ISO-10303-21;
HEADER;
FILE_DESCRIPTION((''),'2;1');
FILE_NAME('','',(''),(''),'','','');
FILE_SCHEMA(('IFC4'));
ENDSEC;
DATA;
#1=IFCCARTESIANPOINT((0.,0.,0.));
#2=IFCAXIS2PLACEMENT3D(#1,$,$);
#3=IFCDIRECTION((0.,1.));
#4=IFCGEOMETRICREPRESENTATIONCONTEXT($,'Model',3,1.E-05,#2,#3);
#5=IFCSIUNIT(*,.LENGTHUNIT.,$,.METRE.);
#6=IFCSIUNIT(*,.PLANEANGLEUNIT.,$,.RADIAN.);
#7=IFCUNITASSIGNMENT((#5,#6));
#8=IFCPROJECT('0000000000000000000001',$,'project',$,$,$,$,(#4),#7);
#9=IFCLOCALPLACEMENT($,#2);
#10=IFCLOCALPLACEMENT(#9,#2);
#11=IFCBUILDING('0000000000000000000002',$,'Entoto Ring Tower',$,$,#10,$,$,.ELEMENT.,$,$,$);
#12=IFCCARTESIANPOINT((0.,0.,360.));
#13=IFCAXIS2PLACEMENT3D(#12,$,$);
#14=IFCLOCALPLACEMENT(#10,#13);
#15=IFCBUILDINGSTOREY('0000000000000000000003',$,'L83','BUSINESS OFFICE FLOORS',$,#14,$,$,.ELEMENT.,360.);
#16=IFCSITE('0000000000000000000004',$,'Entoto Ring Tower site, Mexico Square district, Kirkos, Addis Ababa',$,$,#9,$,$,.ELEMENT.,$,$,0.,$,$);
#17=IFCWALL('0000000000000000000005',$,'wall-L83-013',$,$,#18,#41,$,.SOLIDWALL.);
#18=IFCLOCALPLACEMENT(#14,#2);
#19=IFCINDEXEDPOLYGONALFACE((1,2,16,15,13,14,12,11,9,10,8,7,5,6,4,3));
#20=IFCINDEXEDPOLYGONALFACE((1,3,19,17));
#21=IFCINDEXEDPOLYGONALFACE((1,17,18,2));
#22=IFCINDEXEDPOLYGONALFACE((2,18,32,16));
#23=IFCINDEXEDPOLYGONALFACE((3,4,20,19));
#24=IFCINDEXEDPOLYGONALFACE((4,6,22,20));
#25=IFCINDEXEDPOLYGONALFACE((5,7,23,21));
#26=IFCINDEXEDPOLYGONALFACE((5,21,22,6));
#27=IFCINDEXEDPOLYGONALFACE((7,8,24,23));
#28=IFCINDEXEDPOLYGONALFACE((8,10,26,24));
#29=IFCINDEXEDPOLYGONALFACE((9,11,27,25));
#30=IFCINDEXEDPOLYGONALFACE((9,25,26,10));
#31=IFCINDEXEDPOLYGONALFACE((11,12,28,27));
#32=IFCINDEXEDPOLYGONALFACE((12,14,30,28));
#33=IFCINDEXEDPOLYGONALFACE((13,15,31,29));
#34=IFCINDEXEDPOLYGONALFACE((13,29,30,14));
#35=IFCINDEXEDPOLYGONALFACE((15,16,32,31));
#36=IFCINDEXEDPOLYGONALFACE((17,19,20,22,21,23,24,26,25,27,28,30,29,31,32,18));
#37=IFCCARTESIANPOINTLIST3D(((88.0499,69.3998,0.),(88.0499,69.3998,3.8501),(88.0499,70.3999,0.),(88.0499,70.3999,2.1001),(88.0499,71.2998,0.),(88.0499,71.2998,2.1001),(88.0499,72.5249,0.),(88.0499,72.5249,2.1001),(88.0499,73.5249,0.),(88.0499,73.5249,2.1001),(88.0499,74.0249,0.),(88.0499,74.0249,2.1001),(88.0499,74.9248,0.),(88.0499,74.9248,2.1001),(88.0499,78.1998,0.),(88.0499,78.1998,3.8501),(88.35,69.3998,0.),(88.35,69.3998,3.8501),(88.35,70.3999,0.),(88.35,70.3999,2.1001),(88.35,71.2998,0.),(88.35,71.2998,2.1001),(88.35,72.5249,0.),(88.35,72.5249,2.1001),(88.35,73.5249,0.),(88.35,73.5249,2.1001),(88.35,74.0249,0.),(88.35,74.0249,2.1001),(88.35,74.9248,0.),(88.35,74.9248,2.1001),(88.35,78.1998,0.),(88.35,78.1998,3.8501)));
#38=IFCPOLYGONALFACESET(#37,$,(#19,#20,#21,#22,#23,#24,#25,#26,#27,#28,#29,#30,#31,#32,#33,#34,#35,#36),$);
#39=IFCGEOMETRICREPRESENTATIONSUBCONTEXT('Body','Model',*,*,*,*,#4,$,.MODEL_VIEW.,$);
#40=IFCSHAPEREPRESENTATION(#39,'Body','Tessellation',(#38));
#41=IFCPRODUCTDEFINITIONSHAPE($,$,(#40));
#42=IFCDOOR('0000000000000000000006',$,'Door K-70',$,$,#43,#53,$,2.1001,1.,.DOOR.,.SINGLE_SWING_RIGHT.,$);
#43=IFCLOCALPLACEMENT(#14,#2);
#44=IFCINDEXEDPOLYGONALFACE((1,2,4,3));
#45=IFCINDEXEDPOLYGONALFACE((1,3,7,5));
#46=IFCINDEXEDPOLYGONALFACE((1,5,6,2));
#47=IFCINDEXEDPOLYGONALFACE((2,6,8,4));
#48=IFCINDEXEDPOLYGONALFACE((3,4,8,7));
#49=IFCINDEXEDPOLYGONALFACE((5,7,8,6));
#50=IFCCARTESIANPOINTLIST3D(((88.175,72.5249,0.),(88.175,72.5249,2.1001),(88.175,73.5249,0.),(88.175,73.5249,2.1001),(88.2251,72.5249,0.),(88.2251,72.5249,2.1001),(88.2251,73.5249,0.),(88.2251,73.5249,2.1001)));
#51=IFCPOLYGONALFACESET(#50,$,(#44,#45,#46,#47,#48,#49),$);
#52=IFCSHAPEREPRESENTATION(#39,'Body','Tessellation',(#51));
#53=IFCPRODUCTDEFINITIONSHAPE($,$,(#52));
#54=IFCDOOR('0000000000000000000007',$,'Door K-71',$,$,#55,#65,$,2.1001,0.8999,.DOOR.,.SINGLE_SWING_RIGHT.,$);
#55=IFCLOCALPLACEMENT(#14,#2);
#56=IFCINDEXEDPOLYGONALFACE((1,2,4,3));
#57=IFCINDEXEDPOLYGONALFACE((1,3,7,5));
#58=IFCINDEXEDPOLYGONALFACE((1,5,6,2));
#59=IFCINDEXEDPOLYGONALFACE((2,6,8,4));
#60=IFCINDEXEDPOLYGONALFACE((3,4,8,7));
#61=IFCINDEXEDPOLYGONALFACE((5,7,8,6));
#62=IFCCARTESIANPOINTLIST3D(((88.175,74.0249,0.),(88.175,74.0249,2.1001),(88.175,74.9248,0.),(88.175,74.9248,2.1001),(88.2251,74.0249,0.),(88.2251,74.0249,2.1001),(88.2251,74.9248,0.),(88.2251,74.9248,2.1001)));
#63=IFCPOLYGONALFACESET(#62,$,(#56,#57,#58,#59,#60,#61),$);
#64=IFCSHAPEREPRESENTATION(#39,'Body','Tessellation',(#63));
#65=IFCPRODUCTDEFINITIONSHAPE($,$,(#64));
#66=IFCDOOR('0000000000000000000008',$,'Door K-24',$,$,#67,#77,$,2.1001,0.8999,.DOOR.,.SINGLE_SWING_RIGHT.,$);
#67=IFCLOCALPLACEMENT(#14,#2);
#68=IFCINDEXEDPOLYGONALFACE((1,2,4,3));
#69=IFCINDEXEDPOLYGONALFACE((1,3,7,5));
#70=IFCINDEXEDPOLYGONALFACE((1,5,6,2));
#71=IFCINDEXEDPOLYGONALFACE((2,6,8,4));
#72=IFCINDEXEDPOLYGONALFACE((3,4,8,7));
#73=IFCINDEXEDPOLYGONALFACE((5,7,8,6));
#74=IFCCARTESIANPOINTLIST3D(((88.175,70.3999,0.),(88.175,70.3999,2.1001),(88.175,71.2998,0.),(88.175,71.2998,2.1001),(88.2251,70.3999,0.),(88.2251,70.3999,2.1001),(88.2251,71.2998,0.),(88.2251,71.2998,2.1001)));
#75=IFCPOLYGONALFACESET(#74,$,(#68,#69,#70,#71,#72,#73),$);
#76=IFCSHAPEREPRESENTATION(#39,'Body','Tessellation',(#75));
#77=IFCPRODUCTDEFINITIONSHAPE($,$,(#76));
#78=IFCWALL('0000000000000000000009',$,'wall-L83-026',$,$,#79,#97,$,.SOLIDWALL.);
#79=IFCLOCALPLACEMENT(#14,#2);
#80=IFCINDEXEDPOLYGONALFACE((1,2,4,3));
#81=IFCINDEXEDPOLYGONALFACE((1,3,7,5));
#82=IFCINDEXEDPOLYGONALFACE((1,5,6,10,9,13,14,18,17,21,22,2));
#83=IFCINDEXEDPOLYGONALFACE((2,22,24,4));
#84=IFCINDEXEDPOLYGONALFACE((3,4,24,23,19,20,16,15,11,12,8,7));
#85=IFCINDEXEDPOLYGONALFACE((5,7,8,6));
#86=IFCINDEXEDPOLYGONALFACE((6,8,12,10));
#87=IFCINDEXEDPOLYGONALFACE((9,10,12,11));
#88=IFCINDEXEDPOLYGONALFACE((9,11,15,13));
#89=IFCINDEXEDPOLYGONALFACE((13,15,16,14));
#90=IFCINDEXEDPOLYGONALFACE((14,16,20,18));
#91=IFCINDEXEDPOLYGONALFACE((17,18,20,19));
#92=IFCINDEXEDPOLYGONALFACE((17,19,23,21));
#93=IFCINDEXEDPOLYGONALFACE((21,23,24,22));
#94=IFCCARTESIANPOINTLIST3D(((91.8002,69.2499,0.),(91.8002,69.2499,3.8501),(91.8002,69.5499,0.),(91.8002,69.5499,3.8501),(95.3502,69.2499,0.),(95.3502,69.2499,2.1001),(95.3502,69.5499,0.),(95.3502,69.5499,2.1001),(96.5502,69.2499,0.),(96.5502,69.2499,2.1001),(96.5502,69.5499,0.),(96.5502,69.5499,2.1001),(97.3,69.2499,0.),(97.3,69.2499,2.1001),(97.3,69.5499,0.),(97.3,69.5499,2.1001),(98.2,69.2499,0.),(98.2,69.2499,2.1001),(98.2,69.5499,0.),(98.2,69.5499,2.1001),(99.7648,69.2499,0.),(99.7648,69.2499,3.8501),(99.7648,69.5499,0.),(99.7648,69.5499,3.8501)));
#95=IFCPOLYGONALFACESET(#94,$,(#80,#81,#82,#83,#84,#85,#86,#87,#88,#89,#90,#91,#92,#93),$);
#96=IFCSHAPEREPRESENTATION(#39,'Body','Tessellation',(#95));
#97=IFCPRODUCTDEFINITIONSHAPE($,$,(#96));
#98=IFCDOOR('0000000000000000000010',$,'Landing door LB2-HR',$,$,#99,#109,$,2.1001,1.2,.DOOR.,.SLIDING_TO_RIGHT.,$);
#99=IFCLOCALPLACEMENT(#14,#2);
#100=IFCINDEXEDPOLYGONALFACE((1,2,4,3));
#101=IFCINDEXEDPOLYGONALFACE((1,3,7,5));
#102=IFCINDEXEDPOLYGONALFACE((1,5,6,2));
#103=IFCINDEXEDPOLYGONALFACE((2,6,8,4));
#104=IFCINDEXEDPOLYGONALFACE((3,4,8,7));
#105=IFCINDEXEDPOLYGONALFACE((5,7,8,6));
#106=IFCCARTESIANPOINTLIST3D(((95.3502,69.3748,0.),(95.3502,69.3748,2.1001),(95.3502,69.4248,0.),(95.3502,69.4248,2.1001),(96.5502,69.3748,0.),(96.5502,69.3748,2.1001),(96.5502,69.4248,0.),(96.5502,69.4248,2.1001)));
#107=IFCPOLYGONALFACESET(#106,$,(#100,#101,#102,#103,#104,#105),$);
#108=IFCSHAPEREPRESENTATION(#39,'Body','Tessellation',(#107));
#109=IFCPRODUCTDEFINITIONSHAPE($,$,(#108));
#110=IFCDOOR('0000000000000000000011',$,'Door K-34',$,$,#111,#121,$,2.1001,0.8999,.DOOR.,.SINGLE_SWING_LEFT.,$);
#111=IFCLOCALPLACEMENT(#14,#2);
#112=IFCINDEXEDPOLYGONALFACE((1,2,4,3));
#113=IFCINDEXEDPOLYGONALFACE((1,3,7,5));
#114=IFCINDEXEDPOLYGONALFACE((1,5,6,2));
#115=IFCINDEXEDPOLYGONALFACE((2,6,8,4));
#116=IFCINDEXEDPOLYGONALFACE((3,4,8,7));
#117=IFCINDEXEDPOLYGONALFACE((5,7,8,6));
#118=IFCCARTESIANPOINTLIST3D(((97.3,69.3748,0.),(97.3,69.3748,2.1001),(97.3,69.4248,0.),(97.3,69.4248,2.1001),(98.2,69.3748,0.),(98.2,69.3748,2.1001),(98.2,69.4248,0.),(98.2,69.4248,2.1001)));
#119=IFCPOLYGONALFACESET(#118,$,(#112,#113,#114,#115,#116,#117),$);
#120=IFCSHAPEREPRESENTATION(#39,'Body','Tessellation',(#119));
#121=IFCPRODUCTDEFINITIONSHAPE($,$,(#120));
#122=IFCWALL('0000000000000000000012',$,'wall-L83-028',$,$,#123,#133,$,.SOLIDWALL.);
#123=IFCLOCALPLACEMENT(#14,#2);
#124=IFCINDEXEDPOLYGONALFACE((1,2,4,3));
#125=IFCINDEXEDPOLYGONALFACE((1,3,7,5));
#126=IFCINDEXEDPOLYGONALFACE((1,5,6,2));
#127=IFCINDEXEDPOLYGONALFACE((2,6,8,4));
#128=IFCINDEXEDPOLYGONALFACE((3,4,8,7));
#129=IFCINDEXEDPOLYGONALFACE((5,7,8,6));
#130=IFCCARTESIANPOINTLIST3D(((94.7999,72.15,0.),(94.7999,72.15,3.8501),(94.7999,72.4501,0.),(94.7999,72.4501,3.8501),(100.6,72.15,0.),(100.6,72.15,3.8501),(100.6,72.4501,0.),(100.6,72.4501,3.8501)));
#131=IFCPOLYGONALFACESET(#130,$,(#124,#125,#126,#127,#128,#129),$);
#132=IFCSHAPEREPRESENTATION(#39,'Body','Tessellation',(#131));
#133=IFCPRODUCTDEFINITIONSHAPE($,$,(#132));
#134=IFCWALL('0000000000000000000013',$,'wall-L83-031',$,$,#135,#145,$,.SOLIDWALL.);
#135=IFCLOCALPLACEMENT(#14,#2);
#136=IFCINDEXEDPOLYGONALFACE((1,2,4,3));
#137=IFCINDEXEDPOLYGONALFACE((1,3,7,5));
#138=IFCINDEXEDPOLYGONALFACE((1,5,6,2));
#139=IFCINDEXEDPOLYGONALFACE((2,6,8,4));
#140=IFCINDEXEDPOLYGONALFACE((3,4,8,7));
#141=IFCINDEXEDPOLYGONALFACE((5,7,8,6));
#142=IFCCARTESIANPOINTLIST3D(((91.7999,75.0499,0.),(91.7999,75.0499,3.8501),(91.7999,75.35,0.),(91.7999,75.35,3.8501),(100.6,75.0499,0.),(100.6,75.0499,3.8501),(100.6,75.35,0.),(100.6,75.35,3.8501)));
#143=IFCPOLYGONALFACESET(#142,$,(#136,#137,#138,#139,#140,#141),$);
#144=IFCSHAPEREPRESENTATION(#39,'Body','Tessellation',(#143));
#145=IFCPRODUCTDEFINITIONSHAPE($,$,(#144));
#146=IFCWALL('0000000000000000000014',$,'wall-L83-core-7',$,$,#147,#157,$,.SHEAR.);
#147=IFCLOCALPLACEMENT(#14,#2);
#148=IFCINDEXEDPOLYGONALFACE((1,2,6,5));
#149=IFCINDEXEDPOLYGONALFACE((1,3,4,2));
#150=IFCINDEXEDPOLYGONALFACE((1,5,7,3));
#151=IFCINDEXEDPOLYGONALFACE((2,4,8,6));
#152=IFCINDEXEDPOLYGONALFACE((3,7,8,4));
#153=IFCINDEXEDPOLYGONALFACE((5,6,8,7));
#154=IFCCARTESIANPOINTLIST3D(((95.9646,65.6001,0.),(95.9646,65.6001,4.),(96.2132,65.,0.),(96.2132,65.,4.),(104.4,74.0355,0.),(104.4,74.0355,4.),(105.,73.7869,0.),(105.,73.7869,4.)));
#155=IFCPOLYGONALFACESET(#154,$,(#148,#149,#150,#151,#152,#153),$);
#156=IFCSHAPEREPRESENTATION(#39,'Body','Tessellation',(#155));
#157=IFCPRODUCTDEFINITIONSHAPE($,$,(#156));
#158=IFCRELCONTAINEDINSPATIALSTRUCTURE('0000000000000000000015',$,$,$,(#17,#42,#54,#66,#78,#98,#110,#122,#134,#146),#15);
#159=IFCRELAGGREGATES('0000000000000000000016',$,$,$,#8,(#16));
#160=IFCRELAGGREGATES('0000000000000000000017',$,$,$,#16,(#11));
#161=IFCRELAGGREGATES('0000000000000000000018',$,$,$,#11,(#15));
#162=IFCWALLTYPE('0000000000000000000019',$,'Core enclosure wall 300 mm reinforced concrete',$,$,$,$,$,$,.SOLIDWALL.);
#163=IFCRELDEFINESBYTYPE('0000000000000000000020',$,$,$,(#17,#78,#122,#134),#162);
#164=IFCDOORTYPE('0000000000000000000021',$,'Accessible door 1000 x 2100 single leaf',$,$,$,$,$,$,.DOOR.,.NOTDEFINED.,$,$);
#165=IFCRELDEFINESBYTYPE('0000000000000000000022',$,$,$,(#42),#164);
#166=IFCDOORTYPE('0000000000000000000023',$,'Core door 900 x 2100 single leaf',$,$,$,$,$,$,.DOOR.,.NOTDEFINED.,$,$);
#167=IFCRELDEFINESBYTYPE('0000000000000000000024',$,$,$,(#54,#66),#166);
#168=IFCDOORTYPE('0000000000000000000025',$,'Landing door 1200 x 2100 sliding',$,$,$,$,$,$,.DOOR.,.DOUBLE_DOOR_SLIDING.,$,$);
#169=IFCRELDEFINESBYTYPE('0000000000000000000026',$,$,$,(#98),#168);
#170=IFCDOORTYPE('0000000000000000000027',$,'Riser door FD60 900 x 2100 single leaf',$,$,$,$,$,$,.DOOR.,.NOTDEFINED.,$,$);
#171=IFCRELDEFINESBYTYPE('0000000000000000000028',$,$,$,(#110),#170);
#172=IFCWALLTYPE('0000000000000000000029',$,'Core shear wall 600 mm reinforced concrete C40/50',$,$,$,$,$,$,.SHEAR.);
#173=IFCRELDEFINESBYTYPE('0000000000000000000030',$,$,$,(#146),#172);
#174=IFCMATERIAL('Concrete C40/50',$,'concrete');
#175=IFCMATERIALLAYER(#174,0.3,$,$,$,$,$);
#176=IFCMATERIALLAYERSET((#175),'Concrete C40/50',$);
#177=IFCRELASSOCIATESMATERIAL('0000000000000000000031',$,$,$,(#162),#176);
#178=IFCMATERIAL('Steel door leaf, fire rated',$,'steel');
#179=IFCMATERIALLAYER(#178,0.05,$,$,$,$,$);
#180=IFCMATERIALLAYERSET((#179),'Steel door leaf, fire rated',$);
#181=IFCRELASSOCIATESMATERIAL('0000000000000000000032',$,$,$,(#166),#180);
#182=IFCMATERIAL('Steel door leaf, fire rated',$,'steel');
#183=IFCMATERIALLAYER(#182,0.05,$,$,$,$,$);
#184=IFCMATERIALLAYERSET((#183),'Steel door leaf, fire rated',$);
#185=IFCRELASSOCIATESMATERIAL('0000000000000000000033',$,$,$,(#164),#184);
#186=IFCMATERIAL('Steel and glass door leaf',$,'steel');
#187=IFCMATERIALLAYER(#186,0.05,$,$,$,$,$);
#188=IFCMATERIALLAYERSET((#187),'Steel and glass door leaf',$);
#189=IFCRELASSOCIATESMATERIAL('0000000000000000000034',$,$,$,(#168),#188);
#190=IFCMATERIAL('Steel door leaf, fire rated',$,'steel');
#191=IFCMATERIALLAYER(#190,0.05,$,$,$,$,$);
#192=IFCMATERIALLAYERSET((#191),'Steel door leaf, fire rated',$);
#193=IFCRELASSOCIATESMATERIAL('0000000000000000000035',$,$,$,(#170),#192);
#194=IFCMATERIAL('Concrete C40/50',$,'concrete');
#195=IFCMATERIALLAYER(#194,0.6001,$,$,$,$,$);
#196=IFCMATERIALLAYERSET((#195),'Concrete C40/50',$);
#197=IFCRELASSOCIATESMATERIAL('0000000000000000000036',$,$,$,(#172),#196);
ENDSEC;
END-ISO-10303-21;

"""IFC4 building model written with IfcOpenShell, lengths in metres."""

from ifc_helpers import new_model, si_unit, direction, frame, frame_2d, origin, place, context, subcontext, project, spatial, polyline, rectangle, outline, extrude, material, layer, layer_set, type_object, element, fill, save


model = new_model("IFC4")

# Units and contexts
model_context = context("Model", 3, precision=1e-05, world=origin(), true_north=direction((0.0, 1.0)))
body_context = subcontext(model_context, "Body", "Model", "MODEL_VIEW")
ifc_project = project(units=[si_unit("LENGTHUNIT", "METRE"), si_unit("PLANEANGLEUNIT", "RADIAN")], contexts=[model_context])

# Site, building, storey
site_placement = place(None, origin())
site = spatial("IfcSite", under=ifc_project, at=site_placement, Name="Entoto Ring Tower site, Mexico Square district, Kirkos, Addis Ababa", CompositionType="ELEMENT", RefElevation=0.0)
building_placement = place(site_placement, origin())
building = spatial("IfcBuilding", under=site, at=building_placement, Name="Entoto Ring Tower", CompositionType="ELEMENT")
storey_placement = place(building_placement, frame((0.0, 0.0, 360.0)))
storey = spatial("IfcBuildingStorey", under=building, at=storey_placement, Name="L83", Description="BUSINESS OFFICE FLOORS", CompositionType="ELEMENT", Elevation=360.0)

# Shared definitions
ifc_material_1 = material(Name="Concrete C40/50", Category="concrete")
ifc_layer_1 = layer(ifc_material_1, 0.3)
ifc_layer_set_1 = layer_set([ifc_layer_1], Name="Concrete C40/50")
wall_type_1 = type_object("IfcWallType", Name="Core enclosure wall 300 mm reinforced concrete", PredefinedType="SOLIDWALL", material=ifc_layer_set_1)

# Shared definitions
ifc_material_2 = material(Name="Steel door leaf, fire rated", Category="steel")
ifc_layer_2 = layer(ifc_material_2, 0.05)
ifc_layer_set_2 = layer_set([ifc_layer_2], Name="Steel door leaf, fire rated")
door_type_1 = type_object("IfcDoorType", Name="Core door 900 x 2100 single leaf", OperationType="NOTDEFINED", PredefinedType="DOOR", material=ifc_layer_set_2)

# Walls, openings, doors
wall_1_placement = place(storey_placement, frame((88.2, 69.3999, 0.0), z_axis=(0.0, 0.0, 1.0), x_axis=(0.0, 1.0, 0.0)))
wall_1 = element("IfcWall", 1, at=wall_1_placement, inside=storey, type_object=wall_type_1, Name="wall-L83-013", PredefinedType="SOLIDWALL", context=body_context, shape_type="SweptSolid", body=[
    extrude(rectangle(XDim=8.8, YDim=0.3, at=frame_2d((4.3999, 0.0))), origin(), (0.0, 0.0, 1.0), 3.8501),
])
opening_1_placement = place(wall_1_placement, frame((3.125, 0.0, 0.0)))
opening_1 = element("IfcOpeningElement", 2, at=opening_1_placement, cuts=wall_1, PredefinedType="OPENING", context=body_context, shape_type="SweptSolid", body=[
    extrude(rectangle(XDim=1.0, YDim=2.1001, at=frame_2d((0.5, 1.05))), frame((0.0, 0.1602, 0.0), z_axis=(0.0, -1.0, 0.0), x_axis=(1.0, 0.0, 0.0)), (0.0, 0.0, 1.0), 0.3201),
])
opening_2_placement = place(wall_1_placement, frame((4.625, 0.0, 0.0)))
opening_2 = element("IfcOpeningElement", 3, at=opening_2_placement, cuts=wall_1, PredefinedType="OPENING", context=body_context, shape_type="SweptSolid", body=[
    extrude(rectangle(XDim=0.8999, YDim=2.1001, at=frame_2d((0.45, 1.05))), frame((0.0, 0.1602, 0.0), z_axis=(0.0, -1.0, 0.0), x_axis=(1.0, 0.0, 0.0)), (0.0, 0.0, 1.0), 0.3201),
])
opening_3_placement = place(wall_1_placement, frame((1.0, 0.0, 0.0)))
opening_3 = element("IfcOpeningElement", 4, at=opening_3_placement, cuts=wall_1, PredefinedType="OPENING", context=body_context, shape_type="SweptSolid", body=[
    extrude(rectangle(XDim=0.8999, YDim=2.1001, at=frame_2d((0.45, 1.05))), frame((0.0, 0.1602, 0.0), z_axis=(0.0, -1.0, 0.0), x_axis=(1.0, 0.0, 0.0)), (0.0, 0.0, 1.0), 0.3201),
])
ifc_material_3 = material(Name="Steel door leaf, fire rated", Category="steel")
ifc_layer_3 = layer(ifc_material_3, 0.05)
ifc_layer_set_3 = layer_set([ifc_layer_3], Name="Steel door leaf, fire rated")
door_type_2 = type_object("IfcDoorType", Name="Accessible door 1000 x 2100 single leaf", OperationType="NOTDEFINED", PredefinedType="DOOR", material=ifc_layer_set_3)
door_1_placement = place(opening_1_placement, origin())
door_1 = element("IfcDoor", 5, at=door_1_placement, inside=storey, type_object=door_type_2, Name="Door K-70", OperationType="SINGLE_SWING_RIGHT", OverallHeight=2.1001, OverallWidth=1.0, PredefinedType="DOOR", context=body_context, shape_type="SweptSolid", body=[
    extrude(rectangle(XDim=1.0, YDim=2.1001, at=frame_2d((0.5, 1.05))), frame((0.0, 0.0249, 0.0), z_axis=(0.0, -1.0, 0.0), x_axis=(1.0, 0.0, 0.0)), (0.0, 0.0, 1.0), 0.05),
])
fill(opening_1, door_1)
door_2_placement = place(opening_2_placement, origin())
door_2 = element("IfcDoor", 6, at=door_2_placement, inside=storey, type_object=door_type_1, Name="Door K-71", OperationType="SINGLE_SWING_RIGHT", OverallHeight=2.1001, OverallWidth=0.8999, PredefinedType="DOOR", context=body_context, shape_type="SweptSolid", body=[
    extrude(rectangle(XDim=0.8999, YDim=2.1001, at=frame_2d((0.45, 1.05))), frame((0.0, 0.0249, 0.0), z_axis=(0.0, -1.0, 0.0), x_axis=(1.0, 0.0, 0.0)), (0.0, 0.0, 1.0), 0.05),
])
fill(opening_2, door_2)
door_3_placement = place(opening_3_placement, origin())
door_3 = element("IfcDoor", 7, at=door_3_placement, inside=storey, type_object=door_type_1, Name="Door K-24", OperationType="SINGLE_SWING_RIGHT", OverallHeight=2.1001, OverallWidth=0.8999, PredefinedType="DOOR", context=body_context, shape_type="SweptSolid", body=[
    extrude(rectangle(XDim=0.8999, YDim=2.1001, at=frame_2d((0.45, 1.05))), frame((0.0, 0.0249, 0.0), z_axis=(0.0, -1.0, 0.0), x_axis=(1.0, 0.0, 0.0)), (0.0, 0.0, 1.0), 0.05),
])
fill(opening_3, door_3)
wall_2_placement = place(storey_placement, frame((91.8, 69.3999, 0.0), z_axis=(0.0, 0.0, 1.0), x_axis=(1.0, 0.0, 0.0)))
wall_2 = element("IfcWall", 8, at=wall_2_placement, inside=storey, type_object=wall_type_1, Name="wall-L83-026", PredefinedType="SOLIDWALL", context=body_context, shape_type="SweptSolid", body=[
    extrude(rectangle(XDim=7.9646, YDim=0.3, at=frame_2d((3.9824, 0.0))), origin(), (0.0, 0.0, 1.0), 3.8501),
])
opening_4_placement = place(wall_2_placement, frame((3.55, 0.0, 0.0)))
opening_4 = element("IfcOpeningElement", 9, at=opening_4_placement, cuts=wall_2, PredefinedType="OPENING", context=body_context, shape_type="SweptSolid", body=[
    extrude(rectangle(XDim=1.2, YDim=2.1001, at=frame_2d((0.6001, 1.05))), frame((0.0, 0.1602, 0.0), z_axis=(0.0, -1.0, 0.0), x_axis=(1.0, 0.0, 0.0)), (0.0, 0.0, 1.0), 0.3201),
])
opening_5_placement = place(wall_2_placement, frame((5.5, 0.0, 0.0)))
opening_5 = element("IfcOpeningElement", 10, at=opening_5_placement, cuts=wall_2, PredefinedType="OPENING", context=body_context, shape_type="SweptSolid", body=[
    extrude(rectangle(XDim=0.8999, YDim=2.1001, at=frame_2d((0.45, 1.05))), frame((0.0, 0.1602, 0.0), z_axis=(0.0, -1.0, 0.0), x_axis=(1.0, 0.0, 0.0)), (0.0, 0.0, 1.0), 0.3201),
])
ifc_material_4 = material(Name="Steel and glass door leaf", Category="steel")
ifc_layer_4 = layer(ifc_material_4, 0.05)
ifc_layer_set_4 = layer_set([ifc_layer_4], Name="Steel and glass door leaf")
door_type_3 = type_object("IfcDoorType", Name="Landing door 1200 x 2100 sliding", OperationType="DOUBLE_DOOR_SLIDING", PredefinedType="DOOR", material=ifc_layer_set_4)
door_4_placement = place(opening_4_placement, origin())
door_4 = element("IfcDoor", 11, at=door_4_placement, inside=storey, type_object=door_type_3, Name="Landing door LB2-HR", OperationType="SLIDING_TO_RIGHT", OverallHeight=2.1001, OverallWidth=1.2, PredefinedType="DOOR", context=body_context, shape_type="SweptSolid", body=[
    extrude(rectangle(XDim=1.2, YDim=2.1001, at=frame_2d((0.6001, 1.05))), frame((0.0, 0.0249, 0.0), z_axis=(0.0, -1.0, 0.0), x_axis=(1.0, 0.0, 0.0)), (0.0, 0.0, 1.0), 0.05),
])
fill(opening_4, door_4)
ifc_material_5 = material(Name="Steel door leaf, fire rated", Category="steel")
ifc_layer_5 = layer(ifc_material_5, 0.05)
ifc_layer_set_5 = layer_set([ifc_layer_5], Name="Steel door leaf, fire rated")
door_type_4 = type_object("IfcDoorType", Name="Riser door FD60 900 x 2100 single leaf", OperationType="NOTDEFINED", PredefinedType="DOOR", material=ifc_layer_set_5)
door_5_placement = place(opening_5_placement, origin())
door_5 = element("IfcDoor", 12, at=door_5_placement, inside=storey, type_object=door_type_4, Name="Door K-34", OperationType="SINGLE_SWING_LEFT", OverallHeight=2.1001, OverallWidth=0.8999, PredefinedType="DOOR", context=body_context, shape_type="SweptSolid", body=[
    extrude(rectangle(XDim=0.8999, YDim=2.1001, at=frame_2d((0.45, 1.05))), frame((0.0, 0.0249, 0.0), z_axis=(0.0, -1.0, 0.0), x_axis=(1.0, 0.0, 0.0)), (0.0, 0.0, 1.0), 0.05),
])
fill(opening_5, door_5)

# Walls
wall_3_placement = place(storey_placement, frame((94.8, 72.3, 0.0), z_axis=(0.0, 0.0, 1.0), x_axis=(1.0, 0.0, 0.0)))
element("IfcWall", 13, at=wall_3_placement, inside=storey, type_object=wall_type_1, Name="wall-L83-028", PredefinedType="SOLIDWALL", context=body_context, shape_type="SweptSolid", body=[
    extrude(rectangle(XDim=5.8, YDim=0.3, at=frame_2d((2.8999, 0.0))), origin(), (0.0, 0.0, 1.0), 3.8501),
])
wall_4_placement = place(storey_placement, frame((91.8, 75.2, 0.0), z_axis=(0.0, 0.0, 1.0), x_axis=(1.0, 0.0, 0.0)))
element("IfcWall", 14, at=wall_4_placement, inside=storey, type_object=wall_type_1, Name="wall-L83-031", PredefinedType="SOLIDWALL", context=body_context, shape_type="SweptSolid", body=[
    extrude(rectangle(XDim=8.8, YDim=0.3, at=frame_2d((4.3999, 0.0))), origin(), (0.0, 0.0, 1.0), 3.8501),
])
ifc_material_6 = material(Name="Concrete C40/50", Category="concrete")
ifc_layer_6 = layer(ifc_material_6, 0.6001)
ifc_layer_set_6 = layer_set([ifc_layer_6], Name="Concrete C40/50")
wall_type_2 = type_object("IfcWallType", Name="Core shear wall 600 mm reinforced concrete C40/50", PredefinedType="SHEAR", material=ifc_layer_set_6)
wall_5_placement = place(storey_placement, frame((96.0889, 65.3, 0.0), z_axis=(0.0, 0.0, 1.0), x_axis=(0.707107, 0.707107, 0.0)))
element("IfcWall", 15, at=wall_5_placement, inside=storey, type_object=wall_type_2, Name="wall-L83-core-7", PredefinedType="SHEAR", context=body_context, shape_type="SweptSolid", body=[
    extrude(outline(polyline([(-0.1243, -0.3), (12.3022, -0.3), (12.0537, 0.3), (0.1243, 0.3), (-0.1243, -0.3)])), origin(), (0.0, 0.0, 1.0), 4.0),
])

save(model, "model.ifc")
